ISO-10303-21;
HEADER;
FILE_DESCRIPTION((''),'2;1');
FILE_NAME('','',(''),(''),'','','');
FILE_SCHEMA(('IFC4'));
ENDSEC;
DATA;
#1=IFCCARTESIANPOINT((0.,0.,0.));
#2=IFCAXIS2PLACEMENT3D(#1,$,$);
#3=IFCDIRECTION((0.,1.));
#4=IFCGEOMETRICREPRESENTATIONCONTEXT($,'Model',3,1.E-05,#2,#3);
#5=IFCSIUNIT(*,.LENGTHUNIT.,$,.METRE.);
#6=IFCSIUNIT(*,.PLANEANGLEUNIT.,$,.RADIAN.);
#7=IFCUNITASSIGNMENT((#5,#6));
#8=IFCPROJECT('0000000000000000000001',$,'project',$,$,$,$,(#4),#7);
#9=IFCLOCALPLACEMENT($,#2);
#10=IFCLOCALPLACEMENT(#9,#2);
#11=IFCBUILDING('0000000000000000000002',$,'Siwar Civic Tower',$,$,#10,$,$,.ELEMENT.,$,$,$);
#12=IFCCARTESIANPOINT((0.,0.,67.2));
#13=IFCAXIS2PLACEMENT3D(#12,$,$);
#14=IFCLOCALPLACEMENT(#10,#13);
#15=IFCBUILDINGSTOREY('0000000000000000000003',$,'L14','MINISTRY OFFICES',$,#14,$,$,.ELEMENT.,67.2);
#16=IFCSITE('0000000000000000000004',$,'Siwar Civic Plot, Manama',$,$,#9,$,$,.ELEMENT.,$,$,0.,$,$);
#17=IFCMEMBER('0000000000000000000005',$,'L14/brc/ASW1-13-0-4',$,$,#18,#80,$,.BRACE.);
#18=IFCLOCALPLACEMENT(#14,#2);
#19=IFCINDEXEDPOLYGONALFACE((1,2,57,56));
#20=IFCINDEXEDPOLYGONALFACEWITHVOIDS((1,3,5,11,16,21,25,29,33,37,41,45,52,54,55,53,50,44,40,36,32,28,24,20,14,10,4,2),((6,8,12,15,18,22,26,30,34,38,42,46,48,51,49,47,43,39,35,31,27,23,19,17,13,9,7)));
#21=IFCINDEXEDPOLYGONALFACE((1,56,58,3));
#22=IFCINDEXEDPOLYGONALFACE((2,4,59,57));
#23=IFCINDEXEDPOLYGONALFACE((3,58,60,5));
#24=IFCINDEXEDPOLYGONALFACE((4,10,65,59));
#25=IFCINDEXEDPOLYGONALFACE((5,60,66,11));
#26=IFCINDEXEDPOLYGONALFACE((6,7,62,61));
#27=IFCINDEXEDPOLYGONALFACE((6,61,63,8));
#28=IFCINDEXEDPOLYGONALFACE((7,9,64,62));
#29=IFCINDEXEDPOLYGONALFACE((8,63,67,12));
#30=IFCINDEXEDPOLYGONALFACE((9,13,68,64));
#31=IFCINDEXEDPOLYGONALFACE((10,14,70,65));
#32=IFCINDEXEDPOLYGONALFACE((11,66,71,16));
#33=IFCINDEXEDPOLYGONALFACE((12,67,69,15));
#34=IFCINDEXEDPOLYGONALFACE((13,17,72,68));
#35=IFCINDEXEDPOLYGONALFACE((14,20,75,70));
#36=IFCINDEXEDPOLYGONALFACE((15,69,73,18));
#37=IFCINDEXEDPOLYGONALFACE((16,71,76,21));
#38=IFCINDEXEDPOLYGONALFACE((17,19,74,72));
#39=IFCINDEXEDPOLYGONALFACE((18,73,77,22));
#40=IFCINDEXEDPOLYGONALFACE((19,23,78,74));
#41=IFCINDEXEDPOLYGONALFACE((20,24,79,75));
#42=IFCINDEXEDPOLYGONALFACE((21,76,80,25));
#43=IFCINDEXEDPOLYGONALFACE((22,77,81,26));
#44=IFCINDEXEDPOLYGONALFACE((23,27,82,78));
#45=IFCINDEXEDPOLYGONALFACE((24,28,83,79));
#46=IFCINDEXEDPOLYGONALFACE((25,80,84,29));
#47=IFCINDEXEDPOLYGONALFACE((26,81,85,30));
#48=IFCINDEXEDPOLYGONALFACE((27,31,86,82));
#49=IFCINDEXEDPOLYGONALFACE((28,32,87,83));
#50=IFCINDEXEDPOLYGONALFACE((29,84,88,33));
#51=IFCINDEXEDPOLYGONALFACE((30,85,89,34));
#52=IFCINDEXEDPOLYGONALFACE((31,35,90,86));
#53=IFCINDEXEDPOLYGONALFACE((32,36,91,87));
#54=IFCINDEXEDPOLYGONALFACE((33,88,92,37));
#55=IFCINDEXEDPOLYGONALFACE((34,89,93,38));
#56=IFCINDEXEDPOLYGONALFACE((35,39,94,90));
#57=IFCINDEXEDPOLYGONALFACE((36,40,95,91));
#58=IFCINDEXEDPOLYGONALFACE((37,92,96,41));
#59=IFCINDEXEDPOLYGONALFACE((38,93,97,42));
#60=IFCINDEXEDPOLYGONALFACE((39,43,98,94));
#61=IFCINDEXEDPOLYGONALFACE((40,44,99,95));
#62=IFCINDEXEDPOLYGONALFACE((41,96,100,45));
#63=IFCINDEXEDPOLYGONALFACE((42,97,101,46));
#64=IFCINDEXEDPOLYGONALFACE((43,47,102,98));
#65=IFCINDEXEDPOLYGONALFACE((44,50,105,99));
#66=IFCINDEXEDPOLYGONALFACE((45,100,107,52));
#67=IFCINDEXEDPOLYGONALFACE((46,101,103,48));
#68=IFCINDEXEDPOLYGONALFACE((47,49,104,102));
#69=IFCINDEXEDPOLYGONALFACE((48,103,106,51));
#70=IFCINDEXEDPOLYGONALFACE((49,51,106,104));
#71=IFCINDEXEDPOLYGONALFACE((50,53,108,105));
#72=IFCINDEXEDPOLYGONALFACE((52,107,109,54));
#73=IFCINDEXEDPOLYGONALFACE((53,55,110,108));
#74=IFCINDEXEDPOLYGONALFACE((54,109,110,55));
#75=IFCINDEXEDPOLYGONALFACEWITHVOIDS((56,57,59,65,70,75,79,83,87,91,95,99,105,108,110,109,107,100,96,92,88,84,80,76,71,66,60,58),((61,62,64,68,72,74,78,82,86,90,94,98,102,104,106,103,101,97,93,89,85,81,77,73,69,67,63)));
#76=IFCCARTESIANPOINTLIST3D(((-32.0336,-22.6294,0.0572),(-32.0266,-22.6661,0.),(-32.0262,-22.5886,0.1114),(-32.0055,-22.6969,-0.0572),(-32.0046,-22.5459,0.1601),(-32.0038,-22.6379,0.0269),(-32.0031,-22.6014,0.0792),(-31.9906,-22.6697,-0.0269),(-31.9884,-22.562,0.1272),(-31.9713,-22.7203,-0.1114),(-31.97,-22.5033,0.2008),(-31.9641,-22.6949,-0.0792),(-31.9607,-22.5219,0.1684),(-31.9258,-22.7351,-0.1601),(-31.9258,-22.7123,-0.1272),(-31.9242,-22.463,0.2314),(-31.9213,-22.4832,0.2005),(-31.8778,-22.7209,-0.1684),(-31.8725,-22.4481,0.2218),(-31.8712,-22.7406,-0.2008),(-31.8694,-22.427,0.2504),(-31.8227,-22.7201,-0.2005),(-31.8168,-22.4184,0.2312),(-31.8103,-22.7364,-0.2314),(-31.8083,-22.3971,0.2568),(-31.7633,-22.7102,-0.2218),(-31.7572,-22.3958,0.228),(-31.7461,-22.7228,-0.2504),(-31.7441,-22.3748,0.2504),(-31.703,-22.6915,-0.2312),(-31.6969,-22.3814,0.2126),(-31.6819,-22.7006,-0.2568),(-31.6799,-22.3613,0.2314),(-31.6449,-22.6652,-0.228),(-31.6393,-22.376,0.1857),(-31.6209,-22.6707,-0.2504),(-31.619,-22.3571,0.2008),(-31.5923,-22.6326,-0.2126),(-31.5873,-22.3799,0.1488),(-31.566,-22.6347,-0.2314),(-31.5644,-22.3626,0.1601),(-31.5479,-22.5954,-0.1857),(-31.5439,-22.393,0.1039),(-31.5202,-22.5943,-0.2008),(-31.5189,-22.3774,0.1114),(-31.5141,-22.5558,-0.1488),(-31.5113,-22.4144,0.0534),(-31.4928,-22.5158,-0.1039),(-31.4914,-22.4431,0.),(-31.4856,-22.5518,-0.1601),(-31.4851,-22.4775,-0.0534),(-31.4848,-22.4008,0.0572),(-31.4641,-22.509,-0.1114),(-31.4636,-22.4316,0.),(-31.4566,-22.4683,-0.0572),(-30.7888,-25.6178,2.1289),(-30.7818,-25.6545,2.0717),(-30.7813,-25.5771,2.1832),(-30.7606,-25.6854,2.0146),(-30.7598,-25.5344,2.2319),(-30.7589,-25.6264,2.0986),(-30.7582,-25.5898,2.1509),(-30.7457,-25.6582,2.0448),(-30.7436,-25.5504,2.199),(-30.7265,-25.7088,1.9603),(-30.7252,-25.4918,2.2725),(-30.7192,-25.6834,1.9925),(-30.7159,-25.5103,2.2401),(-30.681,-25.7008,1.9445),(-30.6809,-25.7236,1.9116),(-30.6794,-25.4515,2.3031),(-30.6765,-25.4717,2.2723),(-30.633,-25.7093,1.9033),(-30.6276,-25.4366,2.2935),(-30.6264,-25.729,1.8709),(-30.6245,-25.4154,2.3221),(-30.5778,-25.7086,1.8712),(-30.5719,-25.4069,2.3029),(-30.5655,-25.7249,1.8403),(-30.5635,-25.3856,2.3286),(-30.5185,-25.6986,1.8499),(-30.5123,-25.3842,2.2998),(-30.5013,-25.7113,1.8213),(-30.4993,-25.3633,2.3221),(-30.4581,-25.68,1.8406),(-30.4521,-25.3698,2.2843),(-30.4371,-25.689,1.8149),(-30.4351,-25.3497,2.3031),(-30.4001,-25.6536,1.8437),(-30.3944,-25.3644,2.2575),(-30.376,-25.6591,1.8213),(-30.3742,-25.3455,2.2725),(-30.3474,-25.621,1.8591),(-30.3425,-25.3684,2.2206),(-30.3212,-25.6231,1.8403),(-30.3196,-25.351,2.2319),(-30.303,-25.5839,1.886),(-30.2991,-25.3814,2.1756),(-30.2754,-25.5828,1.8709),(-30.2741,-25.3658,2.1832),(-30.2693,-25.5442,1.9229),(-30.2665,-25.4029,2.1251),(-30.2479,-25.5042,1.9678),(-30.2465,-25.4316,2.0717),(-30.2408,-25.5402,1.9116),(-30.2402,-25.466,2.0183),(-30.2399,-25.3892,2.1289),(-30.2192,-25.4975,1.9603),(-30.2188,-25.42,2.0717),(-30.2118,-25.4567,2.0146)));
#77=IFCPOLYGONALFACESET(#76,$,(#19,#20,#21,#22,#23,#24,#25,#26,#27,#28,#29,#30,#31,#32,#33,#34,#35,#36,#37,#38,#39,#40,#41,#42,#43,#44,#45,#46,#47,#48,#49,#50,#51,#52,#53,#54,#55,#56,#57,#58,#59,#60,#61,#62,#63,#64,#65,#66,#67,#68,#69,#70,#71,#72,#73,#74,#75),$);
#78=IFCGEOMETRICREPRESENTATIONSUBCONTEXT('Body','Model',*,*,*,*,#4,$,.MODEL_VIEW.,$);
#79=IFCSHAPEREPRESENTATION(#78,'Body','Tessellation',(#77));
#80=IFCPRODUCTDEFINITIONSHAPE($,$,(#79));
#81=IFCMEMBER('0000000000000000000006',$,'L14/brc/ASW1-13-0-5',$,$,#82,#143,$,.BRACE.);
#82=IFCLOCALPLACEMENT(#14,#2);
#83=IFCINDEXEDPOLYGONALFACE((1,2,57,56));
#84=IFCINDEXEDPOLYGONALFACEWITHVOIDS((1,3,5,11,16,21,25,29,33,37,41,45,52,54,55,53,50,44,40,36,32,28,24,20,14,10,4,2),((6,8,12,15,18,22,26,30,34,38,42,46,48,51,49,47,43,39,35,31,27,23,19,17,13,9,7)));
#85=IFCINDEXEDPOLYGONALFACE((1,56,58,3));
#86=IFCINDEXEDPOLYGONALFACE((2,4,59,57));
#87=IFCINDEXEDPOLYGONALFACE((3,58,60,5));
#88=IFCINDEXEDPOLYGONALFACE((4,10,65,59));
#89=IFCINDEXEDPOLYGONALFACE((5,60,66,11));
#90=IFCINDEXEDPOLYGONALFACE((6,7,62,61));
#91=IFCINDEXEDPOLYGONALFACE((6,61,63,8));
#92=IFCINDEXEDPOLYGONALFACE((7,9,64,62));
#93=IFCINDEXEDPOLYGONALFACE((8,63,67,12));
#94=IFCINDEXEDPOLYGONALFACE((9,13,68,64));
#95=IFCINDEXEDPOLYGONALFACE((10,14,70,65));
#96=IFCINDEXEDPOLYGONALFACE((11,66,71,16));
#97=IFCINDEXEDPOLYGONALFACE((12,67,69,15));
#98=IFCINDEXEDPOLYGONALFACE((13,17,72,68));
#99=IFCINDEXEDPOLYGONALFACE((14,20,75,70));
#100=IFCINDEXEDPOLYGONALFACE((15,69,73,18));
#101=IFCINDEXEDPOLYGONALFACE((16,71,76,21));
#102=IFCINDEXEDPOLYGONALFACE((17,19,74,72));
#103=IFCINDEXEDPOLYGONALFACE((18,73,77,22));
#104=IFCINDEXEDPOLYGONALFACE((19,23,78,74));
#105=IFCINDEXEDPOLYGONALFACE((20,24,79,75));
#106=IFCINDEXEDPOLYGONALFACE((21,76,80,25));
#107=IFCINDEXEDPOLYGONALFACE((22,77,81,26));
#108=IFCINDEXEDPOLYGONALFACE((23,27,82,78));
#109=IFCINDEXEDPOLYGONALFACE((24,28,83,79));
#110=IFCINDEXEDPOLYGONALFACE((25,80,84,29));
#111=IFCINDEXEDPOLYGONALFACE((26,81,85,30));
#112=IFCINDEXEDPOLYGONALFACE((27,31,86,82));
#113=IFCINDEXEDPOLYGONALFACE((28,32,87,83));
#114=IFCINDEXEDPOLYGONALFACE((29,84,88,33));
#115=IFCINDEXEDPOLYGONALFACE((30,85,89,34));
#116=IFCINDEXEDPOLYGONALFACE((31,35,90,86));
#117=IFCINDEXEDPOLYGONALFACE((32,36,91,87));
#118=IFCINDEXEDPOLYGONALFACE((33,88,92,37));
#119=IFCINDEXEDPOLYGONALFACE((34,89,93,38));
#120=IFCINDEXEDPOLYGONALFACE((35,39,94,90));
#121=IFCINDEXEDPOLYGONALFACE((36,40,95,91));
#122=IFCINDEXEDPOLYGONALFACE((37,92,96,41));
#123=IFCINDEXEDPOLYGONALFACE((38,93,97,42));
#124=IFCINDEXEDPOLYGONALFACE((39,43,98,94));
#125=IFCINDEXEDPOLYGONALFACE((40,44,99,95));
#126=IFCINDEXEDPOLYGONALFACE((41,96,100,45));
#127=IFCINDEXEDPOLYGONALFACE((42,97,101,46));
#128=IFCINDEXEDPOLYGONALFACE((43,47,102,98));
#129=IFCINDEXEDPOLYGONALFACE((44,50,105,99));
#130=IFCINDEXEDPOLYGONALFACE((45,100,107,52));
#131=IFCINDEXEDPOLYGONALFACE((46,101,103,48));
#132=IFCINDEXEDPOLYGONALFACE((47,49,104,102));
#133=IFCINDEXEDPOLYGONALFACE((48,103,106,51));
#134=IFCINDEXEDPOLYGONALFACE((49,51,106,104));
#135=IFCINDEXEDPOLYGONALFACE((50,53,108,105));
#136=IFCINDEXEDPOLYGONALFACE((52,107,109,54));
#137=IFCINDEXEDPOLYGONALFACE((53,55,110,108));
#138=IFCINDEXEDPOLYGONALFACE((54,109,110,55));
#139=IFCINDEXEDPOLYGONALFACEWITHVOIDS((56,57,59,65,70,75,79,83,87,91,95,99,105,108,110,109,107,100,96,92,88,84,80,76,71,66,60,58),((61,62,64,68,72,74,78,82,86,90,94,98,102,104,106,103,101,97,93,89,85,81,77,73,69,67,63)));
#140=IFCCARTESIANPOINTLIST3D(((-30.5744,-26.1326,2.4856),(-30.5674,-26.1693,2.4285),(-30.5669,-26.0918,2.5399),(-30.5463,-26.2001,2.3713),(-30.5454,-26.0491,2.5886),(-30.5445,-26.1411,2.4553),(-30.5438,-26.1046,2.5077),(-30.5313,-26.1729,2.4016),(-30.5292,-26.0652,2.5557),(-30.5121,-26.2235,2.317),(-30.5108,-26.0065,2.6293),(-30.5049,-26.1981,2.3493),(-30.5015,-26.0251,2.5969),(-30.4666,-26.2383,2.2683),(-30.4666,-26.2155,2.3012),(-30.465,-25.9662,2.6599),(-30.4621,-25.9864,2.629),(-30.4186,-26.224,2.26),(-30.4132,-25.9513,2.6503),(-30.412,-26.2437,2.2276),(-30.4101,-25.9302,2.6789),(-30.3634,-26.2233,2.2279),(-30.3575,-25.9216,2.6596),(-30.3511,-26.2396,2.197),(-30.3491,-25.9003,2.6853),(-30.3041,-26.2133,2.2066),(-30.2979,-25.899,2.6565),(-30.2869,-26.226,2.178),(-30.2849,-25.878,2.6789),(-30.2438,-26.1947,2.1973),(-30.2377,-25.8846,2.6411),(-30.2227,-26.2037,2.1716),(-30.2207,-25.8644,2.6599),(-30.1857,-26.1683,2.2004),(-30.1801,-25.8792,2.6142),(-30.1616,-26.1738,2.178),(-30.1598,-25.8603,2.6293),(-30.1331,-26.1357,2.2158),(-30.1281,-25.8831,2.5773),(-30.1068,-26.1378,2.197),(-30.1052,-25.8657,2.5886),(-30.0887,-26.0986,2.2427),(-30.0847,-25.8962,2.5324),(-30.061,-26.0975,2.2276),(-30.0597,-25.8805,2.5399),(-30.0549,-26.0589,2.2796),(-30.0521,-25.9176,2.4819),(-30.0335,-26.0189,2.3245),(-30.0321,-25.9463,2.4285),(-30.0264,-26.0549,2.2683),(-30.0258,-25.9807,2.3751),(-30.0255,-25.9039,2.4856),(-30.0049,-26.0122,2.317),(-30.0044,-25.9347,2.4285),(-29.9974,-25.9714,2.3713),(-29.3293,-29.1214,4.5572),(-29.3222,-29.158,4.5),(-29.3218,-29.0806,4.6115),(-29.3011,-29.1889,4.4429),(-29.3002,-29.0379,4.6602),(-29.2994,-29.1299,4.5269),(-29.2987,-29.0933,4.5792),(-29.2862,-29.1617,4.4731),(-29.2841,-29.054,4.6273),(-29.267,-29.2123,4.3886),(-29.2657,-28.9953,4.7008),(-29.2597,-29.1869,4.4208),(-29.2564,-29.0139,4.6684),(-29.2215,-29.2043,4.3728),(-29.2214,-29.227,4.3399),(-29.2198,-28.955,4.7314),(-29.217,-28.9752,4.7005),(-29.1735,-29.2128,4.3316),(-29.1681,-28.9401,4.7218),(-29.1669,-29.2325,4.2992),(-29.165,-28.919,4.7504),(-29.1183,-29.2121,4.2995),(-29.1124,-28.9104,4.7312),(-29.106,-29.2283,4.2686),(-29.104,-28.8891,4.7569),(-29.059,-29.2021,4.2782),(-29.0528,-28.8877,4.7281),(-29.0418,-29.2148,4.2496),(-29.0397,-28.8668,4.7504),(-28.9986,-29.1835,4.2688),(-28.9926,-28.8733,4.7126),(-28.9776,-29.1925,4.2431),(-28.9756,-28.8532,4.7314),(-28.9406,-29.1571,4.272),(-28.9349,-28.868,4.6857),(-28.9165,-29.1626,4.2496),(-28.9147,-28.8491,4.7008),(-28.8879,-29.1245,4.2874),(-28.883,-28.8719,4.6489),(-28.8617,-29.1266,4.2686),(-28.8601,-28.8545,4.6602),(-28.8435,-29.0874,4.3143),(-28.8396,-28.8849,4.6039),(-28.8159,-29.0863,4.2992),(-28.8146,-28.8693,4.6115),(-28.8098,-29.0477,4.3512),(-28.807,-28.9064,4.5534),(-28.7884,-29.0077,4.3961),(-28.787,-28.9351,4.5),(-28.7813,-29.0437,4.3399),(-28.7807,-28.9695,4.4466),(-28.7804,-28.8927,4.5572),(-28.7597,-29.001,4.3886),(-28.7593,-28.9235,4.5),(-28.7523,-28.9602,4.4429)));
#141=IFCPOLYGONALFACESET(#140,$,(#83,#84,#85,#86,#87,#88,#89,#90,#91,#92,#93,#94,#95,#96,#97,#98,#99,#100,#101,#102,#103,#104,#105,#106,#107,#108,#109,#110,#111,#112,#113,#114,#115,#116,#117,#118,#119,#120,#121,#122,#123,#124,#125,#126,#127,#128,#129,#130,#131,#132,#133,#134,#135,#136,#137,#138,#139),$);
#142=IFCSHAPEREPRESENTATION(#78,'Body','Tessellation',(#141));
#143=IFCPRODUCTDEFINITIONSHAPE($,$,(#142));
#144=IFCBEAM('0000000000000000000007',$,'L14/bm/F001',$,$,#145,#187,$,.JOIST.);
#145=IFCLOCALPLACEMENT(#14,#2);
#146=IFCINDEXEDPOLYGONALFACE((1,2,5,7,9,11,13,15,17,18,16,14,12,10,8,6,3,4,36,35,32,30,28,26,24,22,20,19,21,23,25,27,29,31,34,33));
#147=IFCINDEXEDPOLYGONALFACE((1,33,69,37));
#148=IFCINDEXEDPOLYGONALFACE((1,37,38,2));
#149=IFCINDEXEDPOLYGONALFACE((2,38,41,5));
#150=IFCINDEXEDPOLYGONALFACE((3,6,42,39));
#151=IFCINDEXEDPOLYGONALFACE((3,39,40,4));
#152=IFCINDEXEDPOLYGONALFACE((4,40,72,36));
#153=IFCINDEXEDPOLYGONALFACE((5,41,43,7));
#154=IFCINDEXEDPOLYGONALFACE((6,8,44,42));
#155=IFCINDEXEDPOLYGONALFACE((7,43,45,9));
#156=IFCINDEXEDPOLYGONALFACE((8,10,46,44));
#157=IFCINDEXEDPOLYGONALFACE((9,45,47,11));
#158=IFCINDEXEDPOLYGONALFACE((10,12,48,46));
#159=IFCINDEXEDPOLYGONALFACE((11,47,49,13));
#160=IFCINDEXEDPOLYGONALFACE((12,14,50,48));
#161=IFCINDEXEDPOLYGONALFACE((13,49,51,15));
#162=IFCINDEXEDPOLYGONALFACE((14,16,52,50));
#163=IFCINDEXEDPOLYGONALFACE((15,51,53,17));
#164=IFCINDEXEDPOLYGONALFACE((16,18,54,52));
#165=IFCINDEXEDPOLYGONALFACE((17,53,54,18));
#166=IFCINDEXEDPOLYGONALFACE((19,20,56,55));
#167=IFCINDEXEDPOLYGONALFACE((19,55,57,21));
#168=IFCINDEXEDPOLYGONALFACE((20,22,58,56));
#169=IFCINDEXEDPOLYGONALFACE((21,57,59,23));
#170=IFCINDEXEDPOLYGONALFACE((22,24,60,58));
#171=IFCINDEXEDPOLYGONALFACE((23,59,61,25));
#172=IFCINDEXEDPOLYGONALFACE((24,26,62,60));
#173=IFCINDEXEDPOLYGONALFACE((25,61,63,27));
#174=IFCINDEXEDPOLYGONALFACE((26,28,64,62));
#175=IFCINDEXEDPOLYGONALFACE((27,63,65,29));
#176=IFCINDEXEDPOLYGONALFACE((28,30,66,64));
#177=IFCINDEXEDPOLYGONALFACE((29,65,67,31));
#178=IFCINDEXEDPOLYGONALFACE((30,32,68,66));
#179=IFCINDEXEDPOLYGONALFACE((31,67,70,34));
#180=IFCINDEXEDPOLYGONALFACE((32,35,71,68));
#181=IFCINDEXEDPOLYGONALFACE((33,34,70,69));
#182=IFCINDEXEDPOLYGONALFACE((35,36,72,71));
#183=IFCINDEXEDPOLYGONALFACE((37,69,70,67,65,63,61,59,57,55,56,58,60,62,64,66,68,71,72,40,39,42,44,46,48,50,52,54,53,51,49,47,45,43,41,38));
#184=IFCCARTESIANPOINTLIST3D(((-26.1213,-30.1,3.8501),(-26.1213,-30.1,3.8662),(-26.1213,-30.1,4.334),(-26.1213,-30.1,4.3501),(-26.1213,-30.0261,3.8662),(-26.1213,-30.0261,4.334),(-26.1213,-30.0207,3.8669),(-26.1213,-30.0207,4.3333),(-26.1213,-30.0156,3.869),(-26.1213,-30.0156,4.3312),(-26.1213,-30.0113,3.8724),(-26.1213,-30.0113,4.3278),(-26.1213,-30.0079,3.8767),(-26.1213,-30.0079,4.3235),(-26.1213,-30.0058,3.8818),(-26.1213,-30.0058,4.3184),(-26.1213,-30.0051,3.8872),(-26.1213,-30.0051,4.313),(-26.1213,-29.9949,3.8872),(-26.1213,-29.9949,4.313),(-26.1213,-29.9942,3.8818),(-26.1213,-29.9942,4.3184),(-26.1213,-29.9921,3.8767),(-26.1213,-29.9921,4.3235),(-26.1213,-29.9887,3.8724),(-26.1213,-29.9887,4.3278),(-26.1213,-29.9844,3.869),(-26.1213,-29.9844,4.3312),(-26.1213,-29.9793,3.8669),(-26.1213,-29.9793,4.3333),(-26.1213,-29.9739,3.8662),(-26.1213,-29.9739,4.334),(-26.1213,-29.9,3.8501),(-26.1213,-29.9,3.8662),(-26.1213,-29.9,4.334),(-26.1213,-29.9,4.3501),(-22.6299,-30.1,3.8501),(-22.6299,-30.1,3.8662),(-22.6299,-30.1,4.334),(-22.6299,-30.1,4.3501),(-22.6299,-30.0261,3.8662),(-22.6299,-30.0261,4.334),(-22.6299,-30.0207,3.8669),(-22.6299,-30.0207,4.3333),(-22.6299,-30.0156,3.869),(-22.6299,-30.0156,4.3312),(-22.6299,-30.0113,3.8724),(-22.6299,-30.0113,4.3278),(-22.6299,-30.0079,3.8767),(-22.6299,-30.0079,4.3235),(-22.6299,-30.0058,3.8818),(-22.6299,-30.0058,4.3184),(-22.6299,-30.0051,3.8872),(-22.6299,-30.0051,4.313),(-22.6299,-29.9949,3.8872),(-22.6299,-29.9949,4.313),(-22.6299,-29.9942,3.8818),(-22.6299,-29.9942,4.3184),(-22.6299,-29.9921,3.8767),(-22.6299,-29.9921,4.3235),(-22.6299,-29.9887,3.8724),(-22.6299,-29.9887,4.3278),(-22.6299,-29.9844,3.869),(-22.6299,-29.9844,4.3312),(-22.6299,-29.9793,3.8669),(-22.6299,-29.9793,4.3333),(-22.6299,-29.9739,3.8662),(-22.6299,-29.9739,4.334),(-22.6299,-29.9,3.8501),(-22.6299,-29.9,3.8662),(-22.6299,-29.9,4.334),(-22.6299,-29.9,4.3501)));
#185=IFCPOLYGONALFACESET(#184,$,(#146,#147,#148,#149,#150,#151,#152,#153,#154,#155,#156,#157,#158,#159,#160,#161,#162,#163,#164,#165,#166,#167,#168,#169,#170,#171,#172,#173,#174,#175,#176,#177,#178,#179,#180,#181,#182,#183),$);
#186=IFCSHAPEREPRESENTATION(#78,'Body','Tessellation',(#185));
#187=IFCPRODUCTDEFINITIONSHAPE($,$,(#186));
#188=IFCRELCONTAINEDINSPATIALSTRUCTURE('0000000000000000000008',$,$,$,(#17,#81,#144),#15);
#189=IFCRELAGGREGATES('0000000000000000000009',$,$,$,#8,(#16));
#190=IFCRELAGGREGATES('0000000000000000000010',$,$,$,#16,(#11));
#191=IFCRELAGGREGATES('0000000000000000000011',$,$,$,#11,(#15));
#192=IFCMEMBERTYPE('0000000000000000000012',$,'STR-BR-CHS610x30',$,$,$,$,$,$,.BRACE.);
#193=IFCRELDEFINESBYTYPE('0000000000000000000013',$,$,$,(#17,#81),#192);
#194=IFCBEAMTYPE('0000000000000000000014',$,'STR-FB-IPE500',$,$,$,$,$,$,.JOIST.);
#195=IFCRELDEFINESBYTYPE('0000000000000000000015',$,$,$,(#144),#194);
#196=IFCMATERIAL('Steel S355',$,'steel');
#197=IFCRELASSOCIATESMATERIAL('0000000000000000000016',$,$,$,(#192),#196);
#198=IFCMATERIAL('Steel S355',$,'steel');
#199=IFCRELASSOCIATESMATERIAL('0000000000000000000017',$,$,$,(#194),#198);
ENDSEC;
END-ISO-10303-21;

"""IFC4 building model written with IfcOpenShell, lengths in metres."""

from ifc_helpers import new_model, si_unit, direction, frame, origin, origin_2d, place, context, subcontext, project, spatial, hollow_circle, i_section, extrude, material, material_profile, profile_set, type_object, element, save


model = new_model("IFC4")

# Units and contexts
model_context = context("Model", 3, precision=1e-05, world=origin(), true_north=direction((0.0, 1.0)))
body_context = subcontext(model_context, "Body", "Model", "MODEL_VIEW")
ifc_project = project(units=[si_unit("LENGTHUNIT", "METRE"), si_unit("PLANEANGLEUNIT", "RADIAN")], contexts=[model_context])

# Site, building, storey
site_placement = place(None, origin())
site = spatial("IfcSite", under=ifc_project, at=site_placement, Name="Siwar Civic Plot, Manama", CompositionType="ELEMENT", RefElevation=0.0)
building_placement = place(site_placement, origin())
building = spatial("IfcBuilding", under=site, at=building_placement, Name="Siwar Civic Tower", CompositionType="ELEMENT")
storey_placement = place(building_placement, frame((0.0, 0.0, 67.2)))
storey = spatial("IfcBuildingStorey", under=building, at=storey_placement, Name="L14", Description="MINISTRY OFFICES", CompositionType="ELEMENT", Elevation=67.2)

# Members
ifc_material_1 = material(Name="Steel S355", Category="steel")
ifc_material_profile_1 = material_profile(ifc_material_1, hollow_circle(Radius=0.3049, WallThickness=0.03, at=origin_2d()), Name="CHS610x30")
ifc_profile_set_1 = profile_set([ifc_material_profile_1], Name="Steel S355")
member_type_1 = type_object("IfcMemberType", Name="STR-BR-CHS610x30", PredefinedType="BRACE", material=ifc_profile_set_1)
member_1_placement = place(storey_placement, frame((-31.7451, -22.5488, 0.0), z_axis=(0.323882, -0.777533, 0.53902), x_axis=(0.923115, 0.384524, 0.0)))
element("IfcMember", 1, at=member_1_placement, inside=storey, type_object=member_type_1, Name="L14/brc/ASW1-13-0-4", PredefinedType="BRACE", context=body_context, shape_type="SweptSolid", body=[
    extrude(hollow_circle(Radius=0.3049, WallThickness=0.03, at=origin_2d()), origin(), (0.0, 0.0, 1.0), 3.8435),
])
member_2_placement = place(storey_placement, frame((-30.2859, -26.052, 2.4285), z_axis=(0.323934, -0.777569, 0.538937), x_axis=(0.923099, 0.384562, 0.0)))
element("IfcMember", 2, at=member_2_placement, inside=storey, type_object=member_type_1, Name="L14/brc/ASW1-13-0-5", PredefinedType="BRACE", context=body_context, shape_type="SweptSolid", body=[
    extrude(hollow_circle(Radius=0.3049, WallThickness=0.03, at=origin_2d()), origin(), (0.0, 0.0, 1.0), 3.8438),
])

# Beam
ifc_material_2 = material(Name="Steel S355", Category="steel")
ifc_material_profile_2 = material_profile(ifc_material_2, i_section(OverallWidth=0.2, OverallDepth=0.5, WebThickness=0.0103, FlangeThickness=0.0161, FilletRadius=0.021, at=origin_2d()), Name="IPE500")
ifc_profile_set_2 = profile_set([ifc_material_profile_2], Name="Steel S355")
beam_type_1 = type_object("IfcBeamType", Name="STR-FB-IPE500", PredefinedType="JOIST", material=ifc_profile_set_2)
beam_1_placement = place(storey_placement, frame((-26.1213, -30.0, 4.1001), z_axis=(1.0, 0.0, 0.0), x_axis=(0.0, 1.0, 0.0)))
element("IfcBeam", 3, at=beam_1_placement, inside=storey, type_object=beam_type_1, Name="L14/bm/F001", PredefinedType="JOIST", context=body_context, shape_type="SweptSolid", body=[
    extrude(i_section(OverallWidth=0.2, OverallDepth=0.5, WebThickness=0.0103, FlangeThickness=0.0161, FilletRadius=0.021, at=origin_2d()), origin(), (0.0, 0.0, 1.0), 3.4915),
])

save(model, "model.ifc")
